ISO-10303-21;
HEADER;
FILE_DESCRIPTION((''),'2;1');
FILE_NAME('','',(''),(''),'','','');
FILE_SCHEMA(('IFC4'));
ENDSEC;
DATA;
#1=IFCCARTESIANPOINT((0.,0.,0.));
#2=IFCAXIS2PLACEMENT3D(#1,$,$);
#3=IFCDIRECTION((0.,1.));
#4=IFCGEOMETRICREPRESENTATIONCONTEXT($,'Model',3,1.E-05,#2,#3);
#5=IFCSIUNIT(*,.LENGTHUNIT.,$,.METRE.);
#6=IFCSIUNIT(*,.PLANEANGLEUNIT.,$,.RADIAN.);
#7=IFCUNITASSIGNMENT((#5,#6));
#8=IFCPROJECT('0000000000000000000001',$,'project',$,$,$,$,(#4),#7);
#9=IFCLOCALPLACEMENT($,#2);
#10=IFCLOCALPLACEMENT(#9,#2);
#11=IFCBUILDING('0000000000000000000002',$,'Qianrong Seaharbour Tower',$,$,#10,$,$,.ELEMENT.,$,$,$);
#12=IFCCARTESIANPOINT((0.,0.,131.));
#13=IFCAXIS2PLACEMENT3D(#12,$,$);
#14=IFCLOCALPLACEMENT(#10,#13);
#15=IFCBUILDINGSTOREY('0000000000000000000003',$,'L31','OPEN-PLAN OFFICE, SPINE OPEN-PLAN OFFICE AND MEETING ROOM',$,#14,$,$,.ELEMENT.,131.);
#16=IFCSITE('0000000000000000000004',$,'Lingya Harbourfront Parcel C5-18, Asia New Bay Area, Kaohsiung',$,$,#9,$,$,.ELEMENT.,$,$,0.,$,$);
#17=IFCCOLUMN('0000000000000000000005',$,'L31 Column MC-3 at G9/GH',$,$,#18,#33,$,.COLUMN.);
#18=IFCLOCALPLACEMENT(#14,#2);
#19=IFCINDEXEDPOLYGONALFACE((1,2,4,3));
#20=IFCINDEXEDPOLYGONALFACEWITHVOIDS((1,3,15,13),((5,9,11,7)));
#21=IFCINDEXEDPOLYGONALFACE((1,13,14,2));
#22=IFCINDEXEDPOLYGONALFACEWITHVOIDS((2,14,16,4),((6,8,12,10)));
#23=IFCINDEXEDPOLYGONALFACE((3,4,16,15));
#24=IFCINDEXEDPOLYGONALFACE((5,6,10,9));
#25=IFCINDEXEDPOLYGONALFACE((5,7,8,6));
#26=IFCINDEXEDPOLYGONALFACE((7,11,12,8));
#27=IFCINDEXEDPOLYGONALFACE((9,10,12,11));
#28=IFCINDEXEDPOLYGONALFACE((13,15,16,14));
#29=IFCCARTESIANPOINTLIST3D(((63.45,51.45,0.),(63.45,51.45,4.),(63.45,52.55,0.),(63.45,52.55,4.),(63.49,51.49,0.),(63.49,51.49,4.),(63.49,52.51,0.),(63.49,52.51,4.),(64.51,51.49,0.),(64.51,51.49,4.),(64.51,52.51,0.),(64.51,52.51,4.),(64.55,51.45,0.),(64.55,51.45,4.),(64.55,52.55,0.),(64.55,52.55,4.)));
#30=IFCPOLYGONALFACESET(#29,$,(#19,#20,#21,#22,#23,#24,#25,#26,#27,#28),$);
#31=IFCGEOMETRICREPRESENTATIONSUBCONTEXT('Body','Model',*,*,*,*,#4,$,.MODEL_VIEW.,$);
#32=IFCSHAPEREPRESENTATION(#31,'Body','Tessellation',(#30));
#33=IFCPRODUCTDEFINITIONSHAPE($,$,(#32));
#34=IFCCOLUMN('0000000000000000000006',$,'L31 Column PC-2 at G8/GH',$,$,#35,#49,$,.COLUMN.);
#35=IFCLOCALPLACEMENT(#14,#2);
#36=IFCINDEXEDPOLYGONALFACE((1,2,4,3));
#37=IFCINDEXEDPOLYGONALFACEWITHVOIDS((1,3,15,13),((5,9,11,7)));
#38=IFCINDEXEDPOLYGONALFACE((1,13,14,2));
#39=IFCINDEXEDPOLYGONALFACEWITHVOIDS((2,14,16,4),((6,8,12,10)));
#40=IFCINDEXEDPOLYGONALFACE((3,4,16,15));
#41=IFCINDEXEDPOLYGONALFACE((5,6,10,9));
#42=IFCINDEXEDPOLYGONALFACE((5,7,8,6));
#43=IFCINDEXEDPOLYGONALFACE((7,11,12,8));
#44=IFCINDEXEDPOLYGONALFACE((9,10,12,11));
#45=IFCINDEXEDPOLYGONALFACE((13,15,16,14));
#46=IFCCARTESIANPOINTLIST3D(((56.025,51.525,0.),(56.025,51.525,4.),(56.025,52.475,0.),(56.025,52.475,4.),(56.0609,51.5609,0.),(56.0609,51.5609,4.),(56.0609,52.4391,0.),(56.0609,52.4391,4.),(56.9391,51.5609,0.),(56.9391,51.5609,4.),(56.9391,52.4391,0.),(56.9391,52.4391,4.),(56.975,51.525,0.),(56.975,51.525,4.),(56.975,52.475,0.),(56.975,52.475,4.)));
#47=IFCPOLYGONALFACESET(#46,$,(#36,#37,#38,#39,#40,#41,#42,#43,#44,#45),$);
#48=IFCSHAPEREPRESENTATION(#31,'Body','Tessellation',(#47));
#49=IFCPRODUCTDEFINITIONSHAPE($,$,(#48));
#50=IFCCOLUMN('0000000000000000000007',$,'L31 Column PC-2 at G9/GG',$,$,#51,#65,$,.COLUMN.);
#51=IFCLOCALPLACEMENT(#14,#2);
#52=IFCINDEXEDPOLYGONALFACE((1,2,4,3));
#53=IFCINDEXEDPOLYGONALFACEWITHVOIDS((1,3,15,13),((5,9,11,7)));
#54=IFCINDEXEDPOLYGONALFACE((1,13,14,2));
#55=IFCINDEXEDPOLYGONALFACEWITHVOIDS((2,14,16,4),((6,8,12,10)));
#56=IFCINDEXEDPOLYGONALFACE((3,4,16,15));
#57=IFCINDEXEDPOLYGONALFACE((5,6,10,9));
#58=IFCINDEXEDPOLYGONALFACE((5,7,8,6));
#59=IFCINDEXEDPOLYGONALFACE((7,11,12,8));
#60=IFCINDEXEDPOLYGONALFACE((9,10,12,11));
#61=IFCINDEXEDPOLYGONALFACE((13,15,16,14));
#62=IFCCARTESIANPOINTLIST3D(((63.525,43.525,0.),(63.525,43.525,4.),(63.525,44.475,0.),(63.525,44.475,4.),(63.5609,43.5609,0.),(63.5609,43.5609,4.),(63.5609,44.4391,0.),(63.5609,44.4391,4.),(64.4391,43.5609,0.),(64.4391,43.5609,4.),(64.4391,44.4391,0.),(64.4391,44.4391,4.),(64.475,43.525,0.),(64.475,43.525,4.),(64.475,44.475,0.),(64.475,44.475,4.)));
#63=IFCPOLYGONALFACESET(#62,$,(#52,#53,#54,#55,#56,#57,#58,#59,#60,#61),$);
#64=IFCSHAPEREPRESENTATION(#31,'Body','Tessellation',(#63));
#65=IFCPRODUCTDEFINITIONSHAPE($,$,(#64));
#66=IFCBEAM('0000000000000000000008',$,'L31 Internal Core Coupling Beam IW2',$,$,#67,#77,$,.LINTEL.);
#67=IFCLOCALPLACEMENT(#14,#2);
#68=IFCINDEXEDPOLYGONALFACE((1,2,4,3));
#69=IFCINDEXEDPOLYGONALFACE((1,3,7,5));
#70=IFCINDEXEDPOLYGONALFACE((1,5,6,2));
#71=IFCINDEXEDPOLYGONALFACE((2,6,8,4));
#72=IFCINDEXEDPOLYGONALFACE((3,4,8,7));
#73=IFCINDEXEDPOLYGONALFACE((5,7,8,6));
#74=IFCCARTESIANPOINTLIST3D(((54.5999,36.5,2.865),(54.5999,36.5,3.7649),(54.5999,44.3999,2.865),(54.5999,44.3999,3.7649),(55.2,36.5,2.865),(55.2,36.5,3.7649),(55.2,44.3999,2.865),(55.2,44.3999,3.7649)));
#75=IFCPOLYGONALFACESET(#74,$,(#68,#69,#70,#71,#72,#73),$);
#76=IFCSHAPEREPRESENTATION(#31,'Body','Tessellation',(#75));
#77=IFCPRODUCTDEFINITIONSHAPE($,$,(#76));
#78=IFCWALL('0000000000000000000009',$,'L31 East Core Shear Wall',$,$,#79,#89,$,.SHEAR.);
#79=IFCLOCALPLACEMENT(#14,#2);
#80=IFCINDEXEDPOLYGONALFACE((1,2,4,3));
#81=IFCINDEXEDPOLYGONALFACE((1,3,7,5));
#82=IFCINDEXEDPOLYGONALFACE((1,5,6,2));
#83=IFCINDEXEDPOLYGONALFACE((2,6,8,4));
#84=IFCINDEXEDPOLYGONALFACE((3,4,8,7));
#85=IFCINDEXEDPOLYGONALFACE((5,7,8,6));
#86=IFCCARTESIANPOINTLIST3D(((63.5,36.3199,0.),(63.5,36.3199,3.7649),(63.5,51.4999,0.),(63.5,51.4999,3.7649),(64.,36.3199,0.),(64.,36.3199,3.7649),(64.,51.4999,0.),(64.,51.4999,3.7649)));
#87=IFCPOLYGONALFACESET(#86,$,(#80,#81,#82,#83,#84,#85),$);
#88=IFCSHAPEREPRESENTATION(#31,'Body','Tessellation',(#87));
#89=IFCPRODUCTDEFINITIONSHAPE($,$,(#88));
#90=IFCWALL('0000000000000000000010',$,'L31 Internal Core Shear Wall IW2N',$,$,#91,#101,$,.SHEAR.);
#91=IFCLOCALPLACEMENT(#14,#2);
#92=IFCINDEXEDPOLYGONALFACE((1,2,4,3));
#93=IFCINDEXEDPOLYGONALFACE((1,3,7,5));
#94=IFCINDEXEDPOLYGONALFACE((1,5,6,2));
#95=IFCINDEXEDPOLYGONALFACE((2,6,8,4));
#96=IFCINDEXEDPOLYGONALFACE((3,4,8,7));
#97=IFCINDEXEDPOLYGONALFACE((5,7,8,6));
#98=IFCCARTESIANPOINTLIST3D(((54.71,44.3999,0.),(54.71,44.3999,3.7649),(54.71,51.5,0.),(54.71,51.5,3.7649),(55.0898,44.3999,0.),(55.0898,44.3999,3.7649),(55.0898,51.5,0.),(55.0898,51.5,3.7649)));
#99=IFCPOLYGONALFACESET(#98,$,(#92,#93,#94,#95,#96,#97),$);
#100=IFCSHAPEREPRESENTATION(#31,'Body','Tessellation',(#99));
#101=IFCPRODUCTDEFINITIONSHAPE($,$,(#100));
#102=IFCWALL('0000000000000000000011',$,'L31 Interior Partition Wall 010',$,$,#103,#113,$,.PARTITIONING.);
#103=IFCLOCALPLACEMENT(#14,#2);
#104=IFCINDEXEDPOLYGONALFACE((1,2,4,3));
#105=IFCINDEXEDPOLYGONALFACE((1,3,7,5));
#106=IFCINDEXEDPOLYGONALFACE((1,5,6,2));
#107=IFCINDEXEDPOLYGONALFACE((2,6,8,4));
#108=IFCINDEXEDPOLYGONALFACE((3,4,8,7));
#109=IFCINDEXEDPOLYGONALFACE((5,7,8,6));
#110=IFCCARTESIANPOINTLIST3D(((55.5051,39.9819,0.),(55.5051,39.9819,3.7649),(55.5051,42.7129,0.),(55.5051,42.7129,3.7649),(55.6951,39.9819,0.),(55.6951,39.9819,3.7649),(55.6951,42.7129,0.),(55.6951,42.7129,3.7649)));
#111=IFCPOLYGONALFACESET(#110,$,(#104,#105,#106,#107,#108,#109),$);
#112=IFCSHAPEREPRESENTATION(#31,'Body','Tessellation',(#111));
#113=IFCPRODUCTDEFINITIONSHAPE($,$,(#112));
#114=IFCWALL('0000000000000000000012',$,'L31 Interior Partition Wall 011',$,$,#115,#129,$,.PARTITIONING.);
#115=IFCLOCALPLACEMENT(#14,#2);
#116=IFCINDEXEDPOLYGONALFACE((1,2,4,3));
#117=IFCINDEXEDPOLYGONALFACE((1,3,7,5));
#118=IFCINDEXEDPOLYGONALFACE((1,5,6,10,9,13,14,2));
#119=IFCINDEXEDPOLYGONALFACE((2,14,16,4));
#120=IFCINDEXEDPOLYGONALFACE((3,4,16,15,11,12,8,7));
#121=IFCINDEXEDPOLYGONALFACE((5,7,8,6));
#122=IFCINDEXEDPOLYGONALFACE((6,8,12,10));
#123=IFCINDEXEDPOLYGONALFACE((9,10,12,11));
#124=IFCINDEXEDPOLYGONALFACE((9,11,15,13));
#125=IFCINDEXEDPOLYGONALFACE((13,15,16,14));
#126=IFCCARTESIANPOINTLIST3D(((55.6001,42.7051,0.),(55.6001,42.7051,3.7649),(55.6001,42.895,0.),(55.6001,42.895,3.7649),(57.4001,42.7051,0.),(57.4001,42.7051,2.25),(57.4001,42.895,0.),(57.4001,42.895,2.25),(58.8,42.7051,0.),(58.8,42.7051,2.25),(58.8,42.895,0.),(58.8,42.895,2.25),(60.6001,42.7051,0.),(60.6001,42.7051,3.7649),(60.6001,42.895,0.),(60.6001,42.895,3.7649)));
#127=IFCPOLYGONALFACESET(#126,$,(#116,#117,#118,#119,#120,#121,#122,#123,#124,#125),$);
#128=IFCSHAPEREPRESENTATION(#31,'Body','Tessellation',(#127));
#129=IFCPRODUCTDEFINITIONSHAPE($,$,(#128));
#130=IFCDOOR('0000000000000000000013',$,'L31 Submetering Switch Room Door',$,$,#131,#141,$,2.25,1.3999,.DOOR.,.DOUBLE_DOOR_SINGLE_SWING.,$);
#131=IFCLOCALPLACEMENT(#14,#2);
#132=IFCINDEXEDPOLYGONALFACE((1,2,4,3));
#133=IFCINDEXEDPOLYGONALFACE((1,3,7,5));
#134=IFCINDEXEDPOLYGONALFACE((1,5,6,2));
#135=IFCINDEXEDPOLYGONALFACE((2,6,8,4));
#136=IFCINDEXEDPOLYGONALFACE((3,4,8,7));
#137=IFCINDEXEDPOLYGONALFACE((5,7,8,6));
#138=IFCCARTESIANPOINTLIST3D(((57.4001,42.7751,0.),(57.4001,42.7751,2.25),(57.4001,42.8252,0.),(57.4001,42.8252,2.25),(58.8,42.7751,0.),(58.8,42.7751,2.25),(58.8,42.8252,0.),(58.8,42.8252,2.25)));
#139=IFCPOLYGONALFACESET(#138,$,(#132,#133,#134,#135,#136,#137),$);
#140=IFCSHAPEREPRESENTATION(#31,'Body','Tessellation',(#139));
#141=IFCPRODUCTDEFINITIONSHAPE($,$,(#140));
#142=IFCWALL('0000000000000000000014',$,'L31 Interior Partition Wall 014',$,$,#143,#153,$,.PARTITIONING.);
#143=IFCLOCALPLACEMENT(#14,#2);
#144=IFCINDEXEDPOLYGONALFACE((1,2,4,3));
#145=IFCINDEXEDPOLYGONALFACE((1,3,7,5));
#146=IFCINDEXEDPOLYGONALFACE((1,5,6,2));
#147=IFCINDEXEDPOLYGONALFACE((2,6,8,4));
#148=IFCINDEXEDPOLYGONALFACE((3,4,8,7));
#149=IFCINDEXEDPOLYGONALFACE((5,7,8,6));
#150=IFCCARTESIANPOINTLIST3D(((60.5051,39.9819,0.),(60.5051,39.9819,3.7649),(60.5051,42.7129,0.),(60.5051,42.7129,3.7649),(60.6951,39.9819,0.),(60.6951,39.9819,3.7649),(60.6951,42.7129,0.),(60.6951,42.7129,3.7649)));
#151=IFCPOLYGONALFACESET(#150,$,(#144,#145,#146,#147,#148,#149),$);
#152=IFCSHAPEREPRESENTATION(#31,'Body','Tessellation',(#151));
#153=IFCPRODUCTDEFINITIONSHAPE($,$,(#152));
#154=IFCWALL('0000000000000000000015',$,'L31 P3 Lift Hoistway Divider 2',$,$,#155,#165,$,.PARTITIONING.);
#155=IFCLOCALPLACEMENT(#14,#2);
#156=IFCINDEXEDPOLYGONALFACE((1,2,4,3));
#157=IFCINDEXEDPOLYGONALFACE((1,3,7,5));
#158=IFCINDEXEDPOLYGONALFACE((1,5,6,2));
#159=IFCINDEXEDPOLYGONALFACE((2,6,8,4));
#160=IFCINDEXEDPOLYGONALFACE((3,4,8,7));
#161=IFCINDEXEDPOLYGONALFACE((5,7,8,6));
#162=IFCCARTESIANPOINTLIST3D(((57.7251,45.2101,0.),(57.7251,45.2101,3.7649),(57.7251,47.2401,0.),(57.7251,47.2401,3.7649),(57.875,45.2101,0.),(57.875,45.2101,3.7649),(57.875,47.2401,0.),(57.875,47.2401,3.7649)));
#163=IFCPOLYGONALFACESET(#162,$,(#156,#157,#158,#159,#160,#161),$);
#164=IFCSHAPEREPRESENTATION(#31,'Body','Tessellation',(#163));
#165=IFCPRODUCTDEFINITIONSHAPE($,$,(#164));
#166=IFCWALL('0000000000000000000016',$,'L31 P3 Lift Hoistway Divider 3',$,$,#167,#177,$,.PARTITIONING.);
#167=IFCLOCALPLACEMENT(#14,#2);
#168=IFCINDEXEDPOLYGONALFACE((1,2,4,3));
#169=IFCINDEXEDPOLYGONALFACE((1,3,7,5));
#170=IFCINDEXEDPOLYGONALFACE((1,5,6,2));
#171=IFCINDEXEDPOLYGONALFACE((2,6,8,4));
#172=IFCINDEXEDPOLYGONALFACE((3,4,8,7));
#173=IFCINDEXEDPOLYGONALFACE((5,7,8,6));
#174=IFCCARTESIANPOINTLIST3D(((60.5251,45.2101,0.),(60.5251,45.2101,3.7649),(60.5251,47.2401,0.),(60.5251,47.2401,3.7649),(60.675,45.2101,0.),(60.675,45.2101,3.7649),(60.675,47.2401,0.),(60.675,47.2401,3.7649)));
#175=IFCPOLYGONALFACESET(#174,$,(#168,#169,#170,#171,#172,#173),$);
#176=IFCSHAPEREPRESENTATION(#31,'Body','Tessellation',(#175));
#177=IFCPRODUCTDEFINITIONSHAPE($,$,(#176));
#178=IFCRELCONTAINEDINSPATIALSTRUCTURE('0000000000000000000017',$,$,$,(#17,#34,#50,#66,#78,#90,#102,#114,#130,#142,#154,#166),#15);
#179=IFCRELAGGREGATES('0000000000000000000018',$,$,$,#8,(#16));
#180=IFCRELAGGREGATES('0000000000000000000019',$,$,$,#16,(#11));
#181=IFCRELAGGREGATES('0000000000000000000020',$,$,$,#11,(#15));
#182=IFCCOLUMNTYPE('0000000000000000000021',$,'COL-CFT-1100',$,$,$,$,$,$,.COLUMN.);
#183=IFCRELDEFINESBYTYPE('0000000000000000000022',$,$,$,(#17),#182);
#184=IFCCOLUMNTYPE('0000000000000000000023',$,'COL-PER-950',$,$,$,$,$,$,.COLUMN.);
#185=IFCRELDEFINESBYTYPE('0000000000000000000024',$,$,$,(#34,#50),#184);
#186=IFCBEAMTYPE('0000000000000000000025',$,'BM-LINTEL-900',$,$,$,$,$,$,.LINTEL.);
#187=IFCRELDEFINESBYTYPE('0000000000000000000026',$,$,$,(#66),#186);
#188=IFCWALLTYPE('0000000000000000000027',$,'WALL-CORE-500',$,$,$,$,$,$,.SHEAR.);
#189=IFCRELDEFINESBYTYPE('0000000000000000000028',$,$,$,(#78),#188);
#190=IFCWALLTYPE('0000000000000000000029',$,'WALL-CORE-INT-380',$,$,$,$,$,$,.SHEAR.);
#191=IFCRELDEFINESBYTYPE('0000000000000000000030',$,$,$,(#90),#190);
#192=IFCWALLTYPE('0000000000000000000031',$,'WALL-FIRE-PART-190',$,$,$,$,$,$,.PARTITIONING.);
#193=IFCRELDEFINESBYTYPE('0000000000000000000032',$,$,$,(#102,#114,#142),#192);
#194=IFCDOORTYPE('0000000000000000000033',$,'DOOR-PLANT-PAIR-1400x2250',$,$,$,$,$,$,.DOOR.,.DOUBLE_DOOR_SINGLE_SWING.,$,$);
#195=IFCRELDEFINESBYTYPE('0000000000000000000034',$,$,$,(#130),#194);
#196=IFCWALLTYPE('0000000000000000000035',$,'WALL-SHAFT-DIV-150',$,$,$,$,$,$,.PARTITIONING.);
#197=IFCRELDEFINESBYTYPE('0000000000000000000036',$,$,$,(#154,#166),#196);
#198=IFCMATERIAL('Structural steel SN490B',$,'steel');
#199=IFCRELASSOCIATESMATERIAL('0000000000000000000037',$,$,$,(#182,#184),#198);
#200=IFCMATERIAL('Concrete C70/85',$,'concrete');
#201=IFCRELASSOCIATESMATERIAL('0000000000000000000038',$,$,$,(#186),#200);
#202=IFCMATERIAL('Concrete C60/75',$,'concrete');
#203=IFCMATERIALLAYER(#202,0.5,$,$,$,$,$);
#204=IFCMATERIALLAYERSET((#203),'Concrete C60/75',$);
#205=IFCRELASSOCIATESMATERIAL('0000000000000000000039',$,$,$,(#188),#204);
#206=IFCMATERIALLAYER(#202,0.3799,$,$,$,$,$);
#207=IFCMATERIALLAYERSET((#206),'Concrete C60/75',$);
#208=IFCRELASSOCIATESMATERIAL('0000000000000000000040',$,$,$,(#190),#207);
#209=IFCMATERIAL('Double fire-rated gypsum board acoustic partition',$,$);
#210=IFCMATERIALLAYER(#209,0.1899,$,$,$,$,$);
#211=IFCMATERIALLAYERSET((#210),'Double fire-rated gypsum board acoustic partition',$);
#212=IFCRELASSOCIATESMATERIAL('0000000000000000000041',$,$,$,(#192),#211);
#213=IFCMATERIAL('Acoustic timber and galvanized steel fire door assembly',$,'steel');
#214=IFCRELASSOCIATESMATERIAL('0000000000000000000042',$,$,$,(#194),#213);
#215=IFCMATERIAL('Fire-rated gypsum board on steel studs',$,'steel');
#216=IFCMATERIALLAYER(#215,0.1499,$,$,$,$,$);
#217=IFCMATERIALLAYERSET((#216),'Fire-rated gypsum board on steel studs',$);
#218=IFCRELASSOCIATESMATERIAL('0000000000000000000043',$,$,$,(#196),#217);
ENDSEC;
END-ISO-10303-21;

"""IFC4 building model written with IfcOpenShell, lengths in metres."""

from ifc_helpers import new_model, si_unit, direction, frame, frame_2d, origin, origin_2d, place, context, subcontext, project, spatial, rectangle, hollow_rectangle, extrude, material, layer, layer_set, material_profile, profile_set, type_object, element, fill, save


model = new_model("IFC4")

# Units and contexts
model_context = context("Model", 3, precision=1e-05, world=origin(), true_north=direction((0.0, 1.0)))
body_context = subcontext(model_context, "Body", "Model", "MODEL_VIEW")
ifc_project = project(units=[si_unit("LENGTHUNIT", "METRE"), si_unit("PLANEANGLEUNIT", "RADIAN")], contexts=[model_context])

# Site, building, storey
site_placement = place(None, origin())
site = spatial("IfcSite", under=ifc_project, at=site_placement, Name="Lingya Harbourfront Parcel C5-18, Asia New Bay Area, Kaohsiung", CompositionType="ELEMENT", RefElevation=0.0)
building_placement = place(site_placement, origin())
building = spatial("IfcBuilding", under=site, at=building_placement, Name="Qianrong Seaharbour Tower", CompositionType="ELEMENT")
storey_placement = place(building_placement, frame((0.0, 0.0, 131.0)))
storey = spatial("IfcBuildingStorey", under=building, at=storey_placement, Name="L31", Description="OPEN-PLAN OFFICE, SPINE OPEN-PLAN OFFICE AND MEETING ROOM", CompositionType="ELEMENT", Elevation=131.0)

# Columns
ifc_material_1 = material(Name="Structural steel SN490B", Category="steel")
ifc_material_profile_1 = material_profile(ifc_material_1, hollow_rectangle(XDim=1.1001, YDim=1.1001, WallThickness=0.04, at=origin_2d()), Name="BOX1100x1100x40")
ifc_profile_set_1 = profile_set([ifc_material_profile_1], Name="Structural steel SN490B")
column_type_1 = type_object("IfcColumnType", Name="COL-CFT-1100", PredefinedType="COLUMN", material=ifc_profile_set_1)
column_placement = place(storey_placement, frame((64.0, 52.0, 0.0), z_axis=(0.0, 0.0, 1.0), x_axis=(1.0, 0.0, 0.0)))
element("IfcColumn", 1, at=column_placement, inside=storey, type_object=column_type_1, Name="L31 Column MC-3 at G9/GH", PredefinedType="COLUMN", context=body_context, shape_type="SweptSolid", body=[
    extrude(hollow_rectangle(XDim=1.1001, YDim=1.1001, WallThickness=0.04, at=origin_2d()), origin(), (0.0, 0.0, 1.0), 4.0),
])
ifc_material_profile_2 = material_profile(ifc_material_1, hollow_rectangle(XDim=0.95, YDim=0.95, WallThickness=0.0359, at=origin_2d()), Name="BOX950x950x36")
ifc_profile_set_2 = profile_set([ifc_material_profile_2], Name="Structural steel SN490B")
column_type_2 = type_object("IfcColumnType", Name="COL-PER-950", PredefinedType="COLUMN", material=ifc_profile_set_2)
for number, where, z_axis, x_axis, name in (
    (2, (56.5, 52.0, 0.0), (0.0, 0.0, 1.0), (1.0, 0.0, 0.0), "L31 Column PC-2 at G8/GH"),
    (3, (64.0, 44.0, 0.0), (0.0, 0.0, 1.0), (1.0, 0.0, 0.0), "L31 Column PC-2 at G9/GG"),
):
    element("IfcColumn", number, at=place(storey_placement, frame(where, z_axis=z_axis, x_axis=x_axis)), inside=storey, type_object=column_type_2, Name=name, PredefinedType="COLUMN", context=body_context, shape_type="SweptSolid", body=[
        extrude(hollow_rectangle(XDim=0.95, YDim=0.95, WallThickness=0.0359, at=origin_2d()), origin(), (0.0, 0.0, 1.0), 4.0),
    ])

# Beam
ifc_material_2 = material(Name="Concrete C70/85", Category="concrete")
ifc_material_profile_3 = material_profile(ifc_material_2, rectangle(XDim=0.6001, YDim=0.8999, at=origin_2d()), Name="RC600x900")
ifc_profile_set_3 = profile_set([ifc_material_profile_3], Name="Concrete C70/85")
beam_type = type_object("IfcBeamType", Name="BM-LINTEL-900", PredefinedType="LINTEL", material=ifc_profile_set_3)
beam_placement = place(storey_placement, frame((54.8999, 36.5, 3.3149), z_axis=(0.0, 1.0, 0.0), x_axis=(-1.0, 0.0, 0.0)))
element("IfcBeam", 4, at=beam_placement, inside=storey, type_object=beam_type, Name="L31 Internal Core Coupling Beam IW2", PredefinedType="LINTEL", context=body_context, shape_type="SweptSolid", body=[
    extrude(rectangle(XDim=0.6001, YDim=0.8999, at=origin_2d()), origin(), (0.0, 0.0, 1.0), 7.8999),
])

# Walls
ifc_material_3 = material(Name="Concrete C60/75", Category="concrete")
ifc_layer_1 = layer(ifc_material_3, 0.5)
ifc_layer_set_1 = layer_set([ifc_layer_1], Name="Concrete C60/75")
wall_type_1 = type_object("IfcWallType", Name="WALL-CORE-500", PredefinedType="SHEAR", material=ifc_layer_set_1)
wall_1_placement = place(storey_placement, frame((63.75, 36.3201, 0.0), z_axis=(0.0, 0.0, 1.0), x_axis=(0.0, 1.0, 0.0)))
element("IfcWall", 5, at=wall_1_placement, inside=storey, type_object=wall_type_1, Name="L31 East Core Shear Wall", PredefinedType="SHEAR", context=body_context, shape_type="SweptSolid", body=[
    extrude(rectangle(XDim=15.1799, YDim=0.5, at=frame_2d((7.5898, 0.0))), origin(), (0.0, 0.0, 1.0), 3.7649),
])
ifc_layer_2 = layer(ifc_material_3, 0.3799)
ifc_layer_set_2 = layer_set([ifc_layer_2], Name="Concrete C60/75")
wall_type_2 = type_object("IfcWallType", Name="WALL-CORE-INT-380", PredefinedType="SHEAR", material=ifc_layer_set_2)
wall_2_placement = place(storey_placement, frame((54.8999, 44.3999, 0.0), z_axis=(0.0, 0.0, 1.0), x_axis=(0.0, 1.0, 0.0)))
element("IfcWall", 6, at=wall_2_placement, inside=storey, type_object=wall_type_2, Name="L31 Internal Core Shear Wall IW2N", PredefinedType="SHEAR", context=body_context, shape_type="SweptSolid", body=[
    extrude(rectangle(XDim=7.1001, YDim=0.3799, at=frame_2d((3.55, 0.0))), origin(), (0.0, 0.0, 1.0), 3.7649),
])

# Shared definitions
ifc_material_4 = material(Name="Acoustic timber and galvanized steel fire door assembly", Category="steel")
ifc_material_5 = material(Name="Double fire-rated gypsum board acoustic partition")
ifc_layer_3 = layer(ifc_material_5, 0.1899)
ifc_layer_set_3 = layer_set([ifc_layer_3], Name="Double fire-rated gypsum board acoustic partition")
wall_type_3 = type_object("IfcWallType", Name="WALL-FIRE-PART-190", PredefinedType="PARTITIONING", material=ifc_layer_set_3)

# Wall
wall_3_placement = place(storey_placement, frame((55.6001, 42.7129, 0.0), z_axis=(0.0, 0.0, 1.0), x_axis=(0.0, -1.0, 0.0)))
element("IfcWall", 7, at=wall_3_placement, inside=storey, type_object=wall_type_3, Name="L31 Interior Partition Wall 010", PredefinedType="PARTITIONING", context=body_context, shape_type="SweptSolid", body=[
    extrude(rectangle(XDim=2.731, YDim=0.1899, at=frame_2d((1.3655, 0.0))), origin(), (0.0, 0.0, 1.0), 3.7649),
])

# Wall, opening, door
wall_4_placement = place(storey_placement, frame((60.6001, 42.8, 0.0), z_axis=(0.0, 0.0, 1.0), x_axis=(-1.0, 0.0, 0.0)))
wall_4 = element("IfcWall", 8, at=wall_4_placement, inside=storey, type_object=wall_type_3, Name="L31 Interior Partition Wall 011", PredefinedType="PARTITIONING", context=body_context, shape_type="SweptSolid", body=[
    extrude(rectangle(XDim=5.0, YDim=0.1899, at=frame_2d((2.5, 0.0))), origin(), (0.0, 0.0, 1.0), 3.7649),
])
opening_1_placement = place(wall_4_placement, frame((1.8, 0.0, 0.0)))
opening_1 = element("IfcOpeningElement", 9, at=opening_1_placement, cuts=wall_4, PredefinedType="OPENING", context=body_context, shape_type="SweptSolid", body=[
    extrude(rectangle(XDim=1.3999, YDim=2.25, at=frame_2d((0.7, 1.125))), frame((0.0, 0.105, 0.0), z_axis=(0.0, -1.0, 0.0), x_axis=(1.0, 0.0, 0.0)), (0.0, 0.0, 1.0), 0.21),
])
door_type_1 = type_object("IfcDoorType", Name="DOOR-PLANT-PAIR-1400x2250", OperationType="DOUBLE_DOOR_SINGLE_SWING", PredefinedType="DOOR", material=ifc_material_4)
door_1_placement = place(opening_1_placement, origin())
door_1 = element("IfcDoor", 10, at=door_1_placement, inside=storey, type_object=door_type_1, Name="L31 Submetering Switch Room Door", OperationType="DOUBLE_DOOR_SINGLE_SWING", OverallHeight=2.25, OverallWidth=1.3999, PredefinedType="DOOR", context=body_context, shape_type="SweptSolid", body=[
    extrude(rectangle(XDim=1.3999, YDim=2.25, at=frame_2d((0.7, 1.125))), frame((0.0, 0.0249, 0.0), z_axis=(0.0, -1.0, 0.0), x_axis=(1.0, 0.0, 0.0)), (0.0, 0.0, 1.0), 0.05),
])
fill(opening_1, door_1)

# Walls
wall_5_placement = place(storey_placement, frame((60.6001, 42.7129, 0.0), z_axis=(0.0, 0.0, 1.0), x_axis=(0.0, -1.0, 0.0)))
element("IfcWall", 11, at=wall_5_placement, inside=storey, type_object=wall_type_3, Name="L31 Interior Partition Wall 014", PredefinedType="PARTITIONING", context=body_context, shape_type="SweptSolid", body=[
    extrude(rectangle(XDim=2.731, YDim=0.1899, at=frame_2d((1.3655, 0.0))), origin(), (0.0, 0.0, 1.0), 3.7649),
])
ifc_material_6 = material(Name="Fire-rated gypsum board on steel studs", Category="steel")
ifc_layer_4 = layer(ifc_material_6, 0.1499)
ifc_layer_set_4 = layer_set([ifc_layer_4], Name="Fire-rated gypsum board on steel studs")
wall_type_4 = type_object("IfcWallType", Name="WALL-SHAFT-DIV-150", PredefinedType="PARTITIONING", material=ifc_layer_set_4)
for number, where, z_axis, x_axis, name in (
    (12, (57.8, 45.21, 0.0), (0.0, 0.0, 1.0), (0.0, 1.0, 0.0), "L31 P3 Lift Hoistway Divider 2"),
    (13, (60.6001, 45.21, 0.0), (0.0, 0.0, 1.0), (0.0, 1.0, 0.0), "L31 P3 Lift Hoistway Divider 3"),
):
    element("IfcWall", number, at=place(storey_placement, frame(where, z_axis=z_axis, x_axis=x_axis)), inside=storey, type_object=wall_type_4, Name=name, PredefinedType="PARTITIONING", context=body_context, shape_type="SweptSolid", body=[
        extrude(rectangle(XDim=2.03, YDim=0.1499, at=frame_2d((1.0151, 0.0))), origin(), (0.0, 0.0, 1.0), 3.7649),
    ])

save(model, "model.ifc")
